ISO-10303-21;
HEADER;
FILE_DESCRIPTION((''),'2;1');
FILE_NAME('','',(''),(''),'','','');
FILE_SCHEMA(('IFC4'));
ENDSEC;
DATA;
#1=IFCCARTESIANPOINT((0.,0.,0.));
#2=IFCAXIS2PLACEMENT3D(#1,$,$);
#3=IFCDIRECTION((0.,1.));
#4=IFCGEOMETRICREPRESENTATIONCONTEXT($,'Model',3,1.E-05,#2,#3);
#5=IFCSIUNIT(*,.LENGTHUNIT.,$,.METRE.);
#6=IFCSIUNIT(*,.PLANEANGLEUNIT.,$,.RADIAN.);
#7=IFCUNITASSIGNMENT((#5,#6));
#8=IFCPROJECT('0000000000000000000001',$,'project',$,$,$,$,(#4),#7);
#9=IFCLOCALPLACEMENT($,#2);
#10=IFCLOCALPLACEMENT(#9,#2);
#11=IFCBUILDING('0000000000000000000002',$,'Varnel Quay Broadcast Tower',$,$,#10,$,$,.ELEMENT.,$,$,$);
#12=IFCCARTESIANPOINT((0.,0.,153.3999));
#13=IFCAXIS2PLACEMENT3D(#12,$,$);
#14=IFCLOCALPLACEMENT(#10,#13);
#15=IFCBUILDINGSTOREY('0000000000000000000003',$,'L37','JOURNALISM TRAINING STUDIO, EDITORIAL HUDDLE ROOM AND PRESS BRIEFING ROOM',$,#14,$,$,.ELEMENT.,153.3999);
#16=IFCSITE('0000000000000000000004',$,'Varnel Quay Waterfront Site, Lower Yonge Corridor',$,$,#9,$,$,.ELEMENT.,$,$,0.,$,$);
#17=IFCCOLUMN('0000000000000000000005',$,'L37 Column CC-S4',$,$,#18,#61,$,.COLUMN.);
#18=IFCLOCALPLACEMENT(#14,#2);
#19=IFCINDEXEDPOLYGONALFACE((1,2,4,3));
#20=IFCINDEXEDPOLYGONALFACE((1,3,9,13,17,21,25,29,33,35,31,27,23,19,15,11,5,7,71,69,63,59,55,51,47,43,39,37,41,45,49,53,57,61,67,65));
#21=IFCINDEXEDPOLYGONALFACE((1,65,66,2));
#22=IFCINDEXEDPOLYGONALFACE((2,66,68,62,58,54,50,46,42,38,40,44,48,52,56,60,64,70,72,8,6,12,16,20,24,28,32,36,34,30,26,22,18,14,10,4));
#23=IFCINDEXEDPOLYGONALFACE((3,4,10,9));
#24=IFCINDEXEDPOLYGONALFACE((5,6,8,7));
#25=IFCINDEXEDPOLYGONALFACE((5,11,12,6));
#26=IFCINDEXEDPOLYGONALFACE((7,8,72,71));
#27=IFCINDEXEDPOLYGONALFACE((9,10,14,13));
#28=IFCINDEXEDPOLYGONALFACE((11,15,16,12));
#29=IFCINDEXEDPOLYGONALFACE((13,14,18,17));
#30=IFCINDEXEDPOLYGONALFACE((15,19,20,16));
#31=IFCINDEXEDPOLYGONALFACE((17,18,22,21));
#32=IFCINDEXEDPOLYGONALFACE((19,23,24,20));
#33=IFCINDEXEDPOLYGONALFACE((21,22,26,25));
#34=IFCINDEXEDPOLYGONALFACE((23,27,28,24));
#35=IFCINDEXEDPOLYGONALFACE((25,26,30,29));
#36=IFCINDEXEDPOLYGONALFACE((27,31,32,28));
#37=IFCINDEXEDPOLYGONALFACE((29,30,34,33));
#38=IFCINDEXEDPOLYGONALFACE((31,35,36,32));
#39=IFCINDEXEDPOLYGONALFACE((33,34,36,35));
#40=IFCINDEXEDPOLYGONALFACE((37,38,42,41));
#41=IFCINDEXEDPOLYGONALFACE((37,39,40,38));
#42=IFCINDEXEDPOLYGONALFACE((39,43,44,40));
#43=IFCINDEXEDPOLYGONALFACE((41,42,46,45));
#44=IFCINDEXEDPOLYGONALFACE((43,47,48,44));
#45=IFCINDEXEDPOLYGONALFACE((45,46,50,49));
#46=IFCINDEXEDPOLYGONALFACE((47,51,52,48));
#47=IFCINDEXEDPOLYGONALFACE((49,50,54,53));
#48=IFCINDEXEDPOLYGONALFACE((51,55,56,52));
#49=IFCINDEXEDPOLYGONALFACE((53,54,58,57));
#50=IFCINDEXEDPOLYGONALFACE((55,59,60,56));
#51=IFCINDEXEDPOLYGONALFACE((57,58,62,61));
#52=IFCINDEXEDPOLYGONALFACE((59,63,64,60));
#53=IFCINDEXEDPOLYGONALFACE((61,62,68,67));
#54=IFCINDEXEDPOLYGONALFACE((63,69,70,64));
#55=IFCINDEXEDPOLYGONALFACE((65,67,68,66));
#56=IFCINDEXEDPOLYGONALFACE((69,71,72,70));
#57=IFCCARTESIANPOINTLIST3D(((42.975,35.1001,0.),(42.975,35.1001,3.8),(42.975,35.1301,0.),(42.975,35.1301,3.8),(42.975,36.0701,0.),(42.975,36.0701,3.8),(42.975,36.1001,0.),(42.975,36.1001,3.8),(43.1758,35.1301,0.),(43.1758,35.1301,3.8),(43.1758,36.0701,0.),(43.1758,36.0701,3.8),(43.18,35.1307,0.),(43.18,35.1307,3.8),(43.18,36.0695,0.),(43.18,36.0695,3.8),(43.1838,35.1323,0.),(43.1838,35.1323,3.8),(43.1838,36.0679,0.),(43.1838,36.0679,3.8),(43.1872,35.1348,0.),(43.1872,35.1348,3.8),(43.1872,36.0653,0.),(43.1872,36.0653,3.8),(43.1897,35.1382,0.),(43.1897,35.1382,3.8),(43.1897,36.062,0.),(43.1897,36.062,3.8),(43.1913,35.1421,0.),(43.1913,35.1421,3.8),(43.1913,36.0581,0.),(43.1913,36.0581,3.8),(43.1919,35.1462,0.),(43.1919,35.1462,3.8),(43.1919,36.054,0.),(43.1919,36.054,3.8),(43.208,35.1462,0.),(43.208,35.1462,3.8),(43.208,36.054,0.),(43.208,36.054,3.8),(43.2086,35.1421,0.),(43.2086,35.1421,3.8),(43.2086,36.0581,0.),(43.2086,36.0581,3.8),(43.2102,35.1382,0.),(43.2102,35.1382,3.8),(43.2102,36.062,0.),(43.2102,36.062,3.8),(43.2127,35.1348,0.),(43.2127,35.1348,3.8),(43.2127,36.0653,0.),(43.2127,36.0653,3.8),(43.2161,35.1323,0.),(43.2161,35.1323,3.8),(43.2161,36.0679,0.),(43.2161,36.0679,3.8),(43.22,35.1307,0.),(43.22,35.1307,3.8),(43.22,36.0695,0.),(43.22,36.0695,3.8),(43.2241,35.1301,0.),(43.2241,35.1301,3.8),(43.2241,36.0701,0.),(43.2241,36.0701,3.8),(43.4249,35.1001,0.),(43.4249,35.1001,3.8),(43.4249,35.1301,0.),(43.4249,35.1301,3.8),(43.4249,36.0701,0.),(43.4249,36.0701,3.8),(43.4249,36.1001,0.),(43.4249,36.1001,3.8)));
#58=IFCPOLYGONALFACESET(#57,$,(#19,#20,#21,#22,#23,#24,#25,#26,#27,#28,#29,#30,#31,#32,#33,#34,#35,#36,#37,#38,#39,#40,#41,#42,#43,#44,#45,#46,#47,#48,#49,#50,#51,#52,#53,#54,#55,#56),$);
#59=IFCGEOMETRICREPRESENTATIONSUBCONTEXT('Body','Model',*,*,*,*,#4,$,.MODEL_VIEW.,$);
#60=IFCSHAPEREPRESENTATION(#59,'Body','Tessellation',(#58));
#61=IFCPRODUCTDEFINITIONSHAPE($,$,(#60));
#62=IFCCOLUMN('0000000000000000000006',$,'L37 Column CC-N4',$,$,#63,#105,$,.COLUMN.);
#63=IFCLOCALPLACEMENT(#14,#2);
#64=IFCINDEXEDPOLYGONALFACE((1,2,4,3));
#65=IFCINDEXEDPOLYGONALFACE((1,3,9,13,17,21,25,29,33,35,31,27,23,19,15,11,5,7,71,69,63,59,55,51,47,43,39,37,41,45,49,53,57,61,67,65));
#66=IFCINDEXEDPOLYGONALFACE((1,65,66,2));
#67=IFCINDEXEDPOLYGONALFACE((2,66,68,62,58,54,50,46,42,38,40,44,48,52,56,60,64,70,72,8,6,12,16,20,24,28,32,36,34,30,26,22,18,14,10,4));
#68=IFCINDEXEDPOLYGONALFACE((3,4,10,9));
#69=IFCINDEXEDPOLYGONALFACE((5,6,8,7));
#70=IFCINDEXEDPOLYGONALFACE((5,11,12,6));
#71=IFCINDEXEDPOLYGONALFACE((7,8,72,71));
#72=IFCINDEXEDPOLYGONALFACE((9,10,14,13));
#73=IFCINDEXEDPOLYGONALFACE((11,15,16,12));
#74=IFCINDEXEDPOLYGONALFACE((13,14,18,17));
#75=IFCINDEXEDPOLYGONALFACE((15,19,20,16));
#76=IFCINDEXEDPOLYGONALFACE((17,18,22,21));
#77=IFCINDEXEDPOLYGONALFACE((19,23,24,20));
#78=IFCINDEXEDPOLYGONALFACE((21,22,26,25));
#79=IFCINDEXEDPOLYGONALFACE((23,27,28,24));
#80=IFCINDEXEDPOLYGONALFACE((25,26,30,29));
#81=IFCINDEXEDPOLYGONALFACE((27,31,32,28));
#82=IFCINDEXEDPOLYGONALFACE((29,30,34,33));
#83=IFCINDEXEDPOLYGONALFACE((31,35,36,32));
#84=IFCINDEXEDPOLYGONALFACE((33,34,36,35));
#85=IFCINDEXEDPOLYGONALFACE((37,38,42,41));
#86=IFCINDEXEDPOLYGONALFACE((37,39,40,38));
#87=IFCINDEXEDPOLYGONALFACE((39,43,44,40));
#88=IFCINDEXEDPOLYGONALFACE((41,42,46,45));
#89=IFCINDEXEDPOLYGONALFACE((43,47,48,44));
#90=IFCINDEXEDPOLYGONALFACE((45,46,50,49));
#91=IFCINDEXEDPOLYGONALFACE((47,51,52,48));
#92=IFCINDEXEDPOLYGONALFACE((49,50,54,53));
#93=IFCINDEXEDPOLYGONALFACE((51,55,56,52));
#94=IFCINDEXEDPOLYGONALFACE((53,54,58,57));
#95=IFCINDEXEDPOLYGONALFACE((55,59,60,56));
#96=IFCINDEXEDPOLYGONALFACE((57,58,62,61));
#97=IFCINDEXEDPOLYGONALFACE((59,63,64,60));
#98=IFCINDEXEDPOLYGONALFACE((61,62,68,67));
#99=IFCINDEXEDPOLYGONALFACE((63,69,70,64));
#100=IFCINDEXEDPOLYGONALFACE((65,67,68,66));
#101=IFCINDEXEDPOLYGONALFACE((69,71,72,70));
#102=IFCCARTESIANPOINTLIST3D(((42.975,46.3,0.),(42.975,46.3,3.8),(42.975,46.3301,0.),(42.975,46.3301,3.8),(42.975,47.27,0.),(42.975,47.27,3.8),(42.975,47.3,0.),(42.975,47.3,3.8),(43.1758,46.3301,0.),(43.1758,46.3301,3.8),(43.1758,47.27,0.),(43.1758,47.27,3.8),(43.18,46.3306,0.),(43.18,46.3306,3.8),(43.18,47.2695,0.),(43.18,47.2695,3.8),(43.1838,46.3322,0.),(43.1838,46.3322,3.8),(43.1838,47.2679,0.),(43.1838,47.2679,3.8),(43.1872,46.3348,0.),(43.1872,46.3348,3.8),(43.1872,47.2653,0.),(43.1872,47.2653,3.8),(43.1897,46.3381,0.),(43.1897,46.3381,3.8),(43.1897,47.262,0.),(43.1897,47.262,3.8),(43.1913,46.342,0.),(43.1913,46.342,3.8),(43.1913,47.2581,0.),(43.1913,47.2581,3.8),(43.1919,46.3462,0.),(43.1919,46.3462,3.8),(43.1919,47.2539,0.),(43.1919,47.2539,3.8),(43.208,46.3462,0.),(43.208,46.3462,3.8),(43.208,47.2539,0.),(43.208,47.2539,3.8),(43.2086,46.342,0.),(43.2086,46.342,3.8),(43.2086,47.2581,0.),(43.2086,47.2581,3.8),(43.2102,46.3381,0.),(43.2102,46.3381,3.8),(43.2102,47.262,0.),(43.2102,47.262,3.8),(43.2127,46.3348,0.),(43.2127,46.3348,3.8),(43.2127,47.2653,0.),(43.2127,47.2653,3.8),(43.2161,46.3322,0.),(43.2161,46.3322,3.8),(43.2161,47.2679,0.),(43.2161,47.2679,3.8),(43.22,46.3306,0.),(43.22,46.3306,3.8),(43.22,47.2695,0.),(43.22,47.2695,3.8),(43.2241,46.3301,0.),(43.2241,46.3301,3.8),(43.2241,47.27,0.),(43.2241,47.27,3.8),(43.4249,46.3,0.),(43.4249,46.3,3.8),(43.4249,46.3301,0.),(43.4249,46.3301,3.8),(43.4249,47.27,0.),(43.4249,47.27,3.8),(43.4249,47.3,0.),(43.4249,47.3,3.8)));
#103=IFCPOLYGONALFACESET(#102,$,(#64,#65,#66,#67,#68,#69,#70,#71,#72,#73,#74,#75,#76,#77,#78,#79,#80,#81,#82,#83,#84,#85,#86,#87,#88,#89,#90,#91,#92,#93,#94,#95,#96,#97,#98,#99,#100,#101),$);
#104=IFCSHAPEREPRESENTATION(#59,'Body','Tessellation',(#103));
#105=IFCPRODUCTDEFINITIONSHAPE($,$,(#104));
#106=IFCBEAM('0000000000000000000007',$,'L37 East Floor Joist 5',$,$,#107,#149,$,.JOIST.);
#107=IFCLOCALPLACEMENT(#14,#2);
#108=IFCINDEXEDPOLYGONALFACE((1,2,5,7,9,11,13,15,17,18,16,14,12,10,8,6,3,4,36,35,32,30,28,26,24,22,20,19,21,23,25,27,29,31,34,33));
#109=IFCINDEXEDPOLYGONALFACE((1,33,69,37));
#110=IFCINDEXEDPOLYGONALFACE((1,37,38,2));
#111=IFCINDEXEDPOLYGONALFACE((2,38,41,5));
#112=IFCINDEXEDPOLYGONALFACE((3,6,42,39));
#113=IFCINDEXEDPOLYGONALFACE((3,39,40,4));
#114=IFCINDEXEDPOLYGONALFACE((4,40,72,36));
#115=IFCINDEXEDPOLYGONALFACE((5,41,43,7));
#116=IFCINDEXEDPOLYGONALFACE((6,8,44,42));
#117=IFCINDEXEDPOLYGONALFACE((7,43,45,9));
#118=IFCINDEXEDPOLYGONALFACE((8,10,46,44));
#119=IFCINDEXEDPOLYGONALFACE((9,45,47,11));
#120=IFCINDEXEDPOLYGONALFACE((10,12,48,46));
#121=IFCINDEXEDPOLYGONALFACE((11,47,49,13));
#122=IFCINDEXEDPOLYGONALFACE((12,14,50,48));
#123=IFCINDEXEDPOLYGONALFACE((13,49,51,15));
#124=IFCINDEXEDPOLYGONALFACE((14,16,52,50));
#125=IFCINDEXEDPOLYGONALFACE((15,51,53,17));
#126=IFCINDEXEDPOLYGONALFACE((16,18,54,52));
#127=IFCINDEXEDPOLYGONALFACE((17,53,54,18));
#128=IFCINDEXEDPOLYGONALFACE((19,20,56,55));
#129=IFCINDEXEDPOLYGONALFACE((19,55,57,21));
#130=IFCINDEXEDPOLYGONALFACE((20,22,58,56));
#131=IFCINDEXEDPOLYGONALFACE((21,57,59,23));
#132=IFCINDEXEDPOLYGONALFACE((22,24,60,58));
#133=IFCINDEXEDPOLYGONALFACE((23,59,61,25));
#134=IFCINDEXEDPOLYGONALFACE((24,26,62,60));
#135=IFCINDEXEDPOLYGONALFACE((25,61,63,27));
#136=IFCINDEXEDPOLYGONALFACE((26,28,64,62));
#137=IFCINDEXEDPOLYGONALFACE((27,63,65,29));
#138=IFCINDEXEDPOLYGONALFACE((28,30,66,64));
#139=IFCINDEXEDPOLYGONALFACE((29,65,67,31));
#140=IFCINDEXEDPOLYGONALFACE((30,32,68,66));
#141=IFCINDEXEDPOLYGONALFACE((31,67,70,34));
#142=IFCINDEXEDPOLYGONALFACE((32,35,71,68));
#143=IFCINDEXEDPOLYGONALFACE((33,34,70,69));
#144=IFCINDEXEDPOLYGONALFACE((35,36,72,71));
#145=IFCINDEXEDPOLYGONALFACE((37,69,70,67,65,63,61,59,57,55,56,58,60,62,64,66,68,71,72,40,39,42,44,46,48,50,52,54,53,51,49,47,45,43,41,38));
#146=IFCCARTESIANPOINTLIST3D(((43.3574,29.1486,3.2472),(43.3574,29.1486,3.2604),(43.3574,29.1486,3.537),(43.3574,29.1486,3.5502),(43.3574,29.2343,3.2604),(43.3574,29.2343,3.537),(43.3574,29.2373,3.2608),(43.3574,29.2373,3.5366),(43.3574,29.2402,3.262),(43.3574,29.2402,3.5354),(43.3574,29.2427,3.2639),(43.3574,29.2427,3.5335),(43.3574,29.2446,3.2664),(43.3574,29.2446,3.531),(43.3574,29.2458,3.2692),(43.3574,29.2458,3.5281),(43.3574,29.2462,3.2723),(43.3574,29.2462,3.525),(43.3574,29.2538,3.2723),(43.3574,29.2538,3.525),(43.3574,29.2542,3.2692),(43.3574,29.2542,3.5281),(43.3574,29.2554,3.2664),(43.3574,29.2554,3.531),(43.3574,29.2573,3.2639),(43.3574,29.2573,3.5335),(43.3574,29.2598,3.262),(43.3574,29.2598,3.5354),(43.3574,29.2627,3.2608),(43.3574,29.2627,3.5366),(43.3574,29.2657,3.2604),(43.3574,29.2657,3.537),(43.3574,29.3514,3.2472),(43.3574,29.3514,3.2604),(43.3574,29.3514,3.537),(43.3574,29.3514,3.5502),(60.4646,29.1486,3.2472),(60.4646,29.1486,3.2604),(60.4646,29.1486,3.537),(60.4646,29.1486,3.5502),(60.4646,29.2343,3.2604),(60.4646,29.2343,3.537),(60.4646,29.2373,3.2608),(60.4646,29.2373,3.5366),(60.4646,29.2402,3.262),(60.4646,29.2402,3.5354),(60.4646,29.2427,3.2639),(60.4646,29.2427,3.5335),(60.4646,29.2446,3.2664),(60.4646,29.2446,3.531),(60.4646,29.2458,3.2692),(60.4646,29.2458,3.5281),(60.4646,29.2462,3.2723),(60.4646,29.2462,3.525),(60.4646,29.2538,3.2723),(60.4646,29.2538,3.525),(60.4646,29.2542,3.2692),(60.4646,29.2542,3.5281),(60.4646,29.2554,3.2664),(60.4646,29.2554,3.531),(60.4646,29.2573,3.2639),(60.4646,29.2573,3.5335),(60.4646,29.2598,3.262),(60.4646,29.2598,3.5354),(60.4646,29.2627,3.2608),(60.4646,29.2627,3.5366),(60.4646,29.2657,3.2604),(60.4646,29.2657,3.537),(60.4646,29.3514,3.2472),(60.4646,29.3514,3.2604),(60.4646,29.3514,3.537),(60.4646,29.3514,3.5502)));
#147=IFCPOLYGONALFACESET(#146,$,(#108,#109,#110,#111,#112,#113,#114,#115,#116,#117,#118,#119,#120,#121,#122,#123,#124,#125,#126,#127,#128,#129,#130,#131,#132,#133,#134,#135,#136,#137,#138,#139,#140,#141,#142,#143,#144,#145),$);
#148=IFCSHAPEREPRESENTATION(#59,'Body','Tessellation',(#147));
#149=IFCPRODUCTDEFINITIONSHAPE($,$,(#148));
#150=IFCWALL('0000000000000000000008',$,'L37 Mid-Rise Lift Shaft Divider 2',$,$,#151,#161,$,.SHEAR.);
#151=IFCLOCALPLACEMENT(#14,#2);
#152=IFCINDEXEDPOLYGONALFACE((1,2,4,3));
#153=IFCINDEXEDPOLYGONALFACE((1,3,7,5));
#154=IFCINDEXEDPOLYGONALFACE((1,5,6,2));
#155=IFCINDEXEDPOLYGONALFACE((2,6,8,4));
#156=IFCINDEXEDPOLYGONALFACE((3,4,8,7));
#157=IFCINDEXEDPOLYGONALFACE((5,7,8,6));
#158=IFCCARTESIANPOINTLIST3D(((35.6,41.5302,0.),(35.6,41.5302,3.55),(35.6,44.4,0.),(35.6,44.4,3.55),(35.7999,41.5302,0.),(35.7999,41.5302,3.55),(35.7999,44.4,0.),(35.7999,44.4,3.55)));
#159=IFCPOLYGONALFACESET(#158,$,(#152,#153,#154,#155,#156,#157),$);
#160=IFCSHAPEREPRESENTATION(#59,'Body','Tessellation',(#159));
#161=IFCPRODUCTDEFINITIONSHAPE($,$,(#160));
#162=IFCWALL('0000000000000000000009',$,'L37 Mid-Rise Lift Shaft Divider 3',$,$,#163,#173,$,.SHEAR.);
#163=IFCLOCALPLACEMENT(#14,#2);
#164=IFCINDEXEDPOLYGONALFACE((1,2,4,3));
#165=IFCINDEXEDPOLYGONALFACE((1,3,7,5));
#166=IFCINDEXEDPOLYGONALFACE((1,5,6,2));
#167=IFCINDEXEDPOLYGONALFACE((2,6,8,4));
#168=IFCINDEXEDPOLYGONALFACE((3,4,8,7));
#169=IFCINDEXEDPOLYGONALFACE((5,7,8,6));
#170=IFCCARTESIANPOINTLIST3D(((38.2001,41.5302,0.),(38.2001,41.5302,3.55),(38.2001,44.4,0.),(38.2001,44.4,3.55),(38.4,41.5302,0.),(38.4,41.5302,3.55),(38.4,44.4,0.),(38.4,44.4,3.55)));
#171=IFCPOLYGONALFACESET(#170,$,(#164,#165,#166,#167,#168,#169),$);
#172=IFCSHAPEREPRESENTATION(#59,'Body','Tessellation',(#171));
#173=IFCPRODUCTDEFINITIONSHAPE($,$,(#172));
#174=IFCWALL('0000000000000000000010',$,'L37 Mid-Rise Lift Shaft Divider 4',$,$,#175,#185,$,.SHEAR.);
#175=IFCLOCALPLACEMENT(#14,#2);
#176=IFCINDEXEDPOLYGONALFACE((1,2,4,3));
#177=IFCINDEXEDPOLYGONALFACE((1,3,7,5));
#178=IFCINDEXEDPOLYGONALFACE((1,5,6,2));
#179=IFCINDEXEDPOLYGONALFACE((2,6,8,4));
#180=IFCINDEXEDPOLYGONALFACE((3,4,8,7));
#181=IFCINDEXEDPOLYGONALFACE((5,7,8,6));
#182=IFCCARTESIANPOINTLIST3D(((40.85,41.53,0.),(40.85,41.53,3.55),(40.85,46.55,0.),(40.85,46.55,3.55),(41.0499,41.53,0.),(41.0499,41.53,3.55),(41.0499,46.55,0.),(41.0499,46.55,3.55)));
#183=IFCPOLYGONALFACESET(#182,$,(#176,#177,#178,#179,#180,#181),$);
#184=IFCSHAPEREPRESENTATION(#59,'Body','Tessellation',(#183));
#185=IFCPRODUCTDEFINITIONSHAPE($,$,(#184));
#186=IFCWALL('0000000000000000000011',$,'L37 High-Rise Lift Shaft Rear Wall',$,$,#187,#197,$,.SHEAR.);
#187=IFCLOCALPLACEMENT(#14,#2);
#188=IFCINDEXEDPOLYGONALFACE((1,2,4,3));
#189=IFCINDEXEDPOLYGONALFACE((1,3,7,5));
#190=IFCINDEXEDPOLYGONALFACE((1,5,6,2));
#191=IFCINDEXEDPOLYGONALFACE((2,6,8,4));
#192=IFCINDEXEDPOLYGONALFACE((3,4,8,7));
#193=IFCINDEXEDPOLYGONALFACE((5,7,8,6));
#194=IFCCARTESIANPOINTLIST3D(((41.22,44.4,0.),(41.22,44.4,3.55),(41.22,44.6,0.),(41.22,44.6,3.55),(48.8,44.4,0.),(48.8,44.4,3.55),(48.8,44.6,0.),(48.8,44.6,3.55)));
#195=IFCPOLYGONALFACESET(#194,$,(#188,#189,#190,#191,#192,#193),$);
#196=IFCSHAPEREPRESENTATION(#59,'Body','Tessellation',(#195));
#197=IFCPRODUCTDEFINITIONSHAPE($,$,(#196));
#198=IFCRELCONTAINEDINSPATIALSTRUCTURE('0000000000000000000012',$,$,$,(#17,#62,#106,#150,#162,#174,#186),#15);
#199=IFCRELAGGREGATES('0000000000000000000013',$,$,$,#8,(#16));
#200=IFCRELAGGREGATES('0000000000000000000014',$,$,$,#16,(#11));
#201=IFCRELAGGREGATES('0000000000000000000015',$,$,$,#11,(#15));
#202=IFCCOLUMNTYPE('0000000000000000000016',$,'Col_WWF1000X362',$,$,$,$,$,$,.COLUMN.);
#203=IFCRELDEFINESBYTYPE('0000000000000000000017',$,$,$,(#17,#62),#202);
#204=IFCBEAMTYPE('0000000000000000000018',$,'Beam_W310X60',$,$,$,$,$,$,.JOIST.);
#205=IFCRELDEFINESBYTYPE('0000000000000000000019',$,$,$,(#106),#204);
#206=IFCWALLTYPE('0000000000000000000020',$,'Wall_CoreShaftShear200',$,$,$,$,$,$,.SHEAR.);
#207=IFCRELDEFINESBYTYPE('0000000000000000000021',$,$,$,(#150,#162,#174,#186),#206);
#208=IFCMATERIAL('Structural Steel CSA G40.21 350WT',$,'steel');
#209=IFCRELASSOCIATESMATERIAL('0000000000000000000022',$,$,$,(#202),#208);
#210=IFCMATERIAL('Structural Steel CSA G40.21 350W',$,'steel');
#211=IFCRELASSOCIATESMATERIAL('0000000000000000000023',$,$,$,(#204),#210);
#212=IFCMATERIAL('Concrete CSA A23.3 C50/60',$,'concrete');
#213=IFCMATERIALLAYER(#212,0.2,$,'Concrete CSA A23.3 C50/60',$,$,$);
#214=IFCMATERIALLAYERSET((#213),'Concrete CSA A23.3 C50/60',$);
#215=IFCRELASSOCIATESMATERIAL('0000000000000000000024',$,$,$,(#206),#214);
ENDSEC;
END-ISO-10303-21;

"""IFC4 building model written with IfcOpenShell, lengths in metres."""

from ifc_helpers import new_model, si_unit, direction, frame, frame_2d, origin, origin_2d, place, context, subcontext, project, spatial, rectangle, i_section, extrude, source, transform, mapped, material, layer, layer_set, material_profile, profile_set, type_object, type_shapes, element, save


model = new_model("IFC4")

# Units and contexts
model_context = context("Model", 3, precision=1e-05, world=origin(), true_north=direction((0.0, 1.0)))
body_context = subcontext(model_context, "Body", "Model", "MODEL_VIEW")
ifc_project = project(units=[si_unit("LENGTHUNIT", "METRE"), si_unit("PLANEANGLEUNIT", "RADIAN")], contexts=[model_context])

# Site, building, storey
site_placement = place(None, origin())
site = spatial("IfcSite", under=ifc_project, at=site_placement, Name="Varnel Quay Waterfront Site, Lower Yonge Corridor", CompositionType="ELEMENT", RefElevation=0.0)
building_placement = place(site_placement, origin())
building = spatial("IfcBuilding", under=site, at=building_placement, Name="Varnel Quay Broadcast Tower", CompositionType="ELEMENT")
storey_placement = place(building_placement, frame((0.0, 0.0, 153.3999)))
storey = spatial("IfcBuildingStorey", under=building, at=storey_placement, Name="L37", Description="JOURNALISM TRAINING STUDIO, EDITORIAL HUDDLE ROOM AND PRESS BRIEFING ROOM", CompositionType="ELEMENT", Elevation=153.3999)

# Columns
ifc_material_1 = material(Name="Structural Steel CSA G40.21 350WT", Category="steel")
ifc_material_profile_1 = material_profile(ifc_material_1, i_section(OverallWidth=0.45, OverallDepth=1.0, WebThickness=0.0161, FlangeThickness=0.03, FilletRadius=0.0161, at=origin_2d()), Name="WWF1000X362")
ifc_profile_set_1 = profile_set([ifc_material_profile_1], Name="Structural Steel CSA G40.21 350WT")
column_type = type_object("IfcColumnType", Name="Col_WWF1000X362", PredefinedType="COLUMN", material=ifc_profile_set_1)
shared_shape_1 = source(origin(), body_context, "Body", "SweptSolid", [
    extrude(i_section(OverallWidth=0.45, OverallDepth=1.0, WebThickness=0.0161, FlangeThickness=0.03, FilletRadius=0.0161, at=origin_2d()), origin(), (0.0, 0.0, 1.0), 3.8),
])
type_shapes(column_type, [shared_shape_1])
for number, where, z_axis, x_axis, name in (
    (1, (43.2, 35.6001, 0.0), (0.0, 0.0, 1.0), (1.0, 0.0, 0.0), "L37 Column CC-S4"),
    (2, (43.2, 46.8, 0.0), (0.0, 0.0, 1.0), (1.0, 0.0, 0.0), "L37 Column CC-N4"),
):
    element("IfcColumn", number, at=place(storey_placement, frame(where, z_axis=z_axis, x_axis=x_axis)), inside=storey, type_object=column_type, Name=name, PredefinedType="COLUMN", context=body_context, shape_type="MappedRepresentation", body=[
        mapped(shared_shape_1, transform((0.0, 0.0, 0.0), x_axis=(1.0, 0.0, 0.0), y_axis=(0.0, 1.0, 0.0), z_axis=(0.0, 0.0, 1.0), scale=1.0)),
    ])

# Beam
ifc_material_2 = material(Name="Structural Steel CSA G40.21 350W", Category="steel")
ifc_material_profile_2 = material_profile(ifc_material_2, i_section(OverallWidth=0.2029, OverallDepth=0.303, WebThickness=0.0076, FlangeThickness=0.0132, FilletRadius=0.012, at=origin_2d()), Name="W310X60")
ifc_profile_set_2 = profile_set([ifc_material_profile_2], Name="Structural Steel CSA G40.21 350W")
beam_type = type_object("IfcBeamType", Name="Beam_W310X60", PredefinedType="JOIST", material=ifc_profile_set_2)
shared_shape_2 = source(origin(), body_context, "Body", "SweptSolid", [
    extrude(i_section(OverallWidth=0.2029, OverallDepth=0.303, WebThickness=0.0076, FlangeThickness=0.0132, FilletRadius=0.012, at=origin_2d()), origin(), (0.0, 0.0, 1.0), 17.1072),
])
type_shapes(beam_type, [shared_shape_2])
beam_placement = place(storey_placement, frame((43.3574, 29.25, 3.3987), z_axis=(1.0, 0.0, 0.0), x_axis=(0.0, 1.0, 0.0)))
element("IfcBeam", 3, at=beam_placement, inside=storey, type_object=beam_type, Name="L37 East Floor Joist 5", PredefinedType="JOIST", context=body_context, shape_type="MappedRepresentation", body=[
    mapped(shared_shape_2, transform((0.0, 0.0, 0.0), x_axis=(1.0, 0.0, 0.0), y_axis=(0.0, 1.0, 0.0), z_axis=(0.0, 0.0, 1.0), scale=1.0)),
])

# Walls
ifc_material_3 = material(Name="Concrete CSA A23.3 C50/60", Category="concrete")
ifc_layer_1 = layer(ifc_material_3, 0.2, Name="Concrete CSA A23.3 C50/60")
ifc_layer_set_1 = layer_set([ifc_layer_1], Name="Concrete CSA A23.3 C50/60")
wall_type_1 = type_object("IfcWallType", Name="Wall_CoreShaftShear200", PredefinedType="SHEAR", material=ifc_layer_set_1)
for number, where, z_axis, x_axis, name in (
    (4, (35.7, 41.53, 0.0), (0.0, 0.0, 1.0), (0.0, 1.0, 0.0), "L37 Mid-Rise Lift Shaft Divider 2"),
    (5, (38.3, 41.53, 0.0), (0.0, 0.0, 1.0), (0.0, 1.0, 0.0), "L37 Mid-Rise Lift Shaft Divider 3"),
):
    element("IfcWall", number, at=place(storey_placement, frame(where, z_axis=z_axis, x_axis=x_axis)), inside=storey, type_object=wall_type_1, Name=name, PredefinedType="SHEAR", context=body_context, shape_type="SweptSolid", body=[
        extrude(rectangle(XDim=2.8699, YDim=0.2, at=frame_2d((1.4351, 0.0))), origin(), (0.0, 0.0, 1.0), 3.55),
    ])
wall_1_placement = place(storey_placement, frame((40.95, 41.53, 0.0), z_axis=(0.0, 0.0, 1.0), x_axis=(0.0, 1.0, 0.0)))
element("IfcWall", 6, at=wall_1_placement, inside=storey, type_object=wall_type_1, Name="L37 Mid-Rise Lift Shaft Divider 4", PredefinedType="SHEAR", context=body_context, shape_type="SweptSolid", body=[
    extrude(rectangle(XDim=5.02, YDim=0.2, at=frame_2d((2.51, 0.0))), origin(), (0.0, 0.0, 1.0), 3.55),
])
wall_2_placement = place(storey_placement, frame((41.22, 44.5, 0.0), z_axis=(0.0, 0.0, 1.0), x_axis=(1.0, 0.0, 0.0)))
element("IfcWall", 7, at=wall_2_placement, inside=storey, type_object=wall_type_1, Name="L37 High-Rise Lift Shaft Rear Wall", PredefinedType="SHEAR", context=body_context, shape_type="SweptSolid", body=[
    extrude(rectangle(XDim=7.5801, YDim=0.2, at=frame_2d((3.79, 0.0))), origin(), (0.0, 0.0, 1.0), 3.55),
])

save(model, "model.ifc")
